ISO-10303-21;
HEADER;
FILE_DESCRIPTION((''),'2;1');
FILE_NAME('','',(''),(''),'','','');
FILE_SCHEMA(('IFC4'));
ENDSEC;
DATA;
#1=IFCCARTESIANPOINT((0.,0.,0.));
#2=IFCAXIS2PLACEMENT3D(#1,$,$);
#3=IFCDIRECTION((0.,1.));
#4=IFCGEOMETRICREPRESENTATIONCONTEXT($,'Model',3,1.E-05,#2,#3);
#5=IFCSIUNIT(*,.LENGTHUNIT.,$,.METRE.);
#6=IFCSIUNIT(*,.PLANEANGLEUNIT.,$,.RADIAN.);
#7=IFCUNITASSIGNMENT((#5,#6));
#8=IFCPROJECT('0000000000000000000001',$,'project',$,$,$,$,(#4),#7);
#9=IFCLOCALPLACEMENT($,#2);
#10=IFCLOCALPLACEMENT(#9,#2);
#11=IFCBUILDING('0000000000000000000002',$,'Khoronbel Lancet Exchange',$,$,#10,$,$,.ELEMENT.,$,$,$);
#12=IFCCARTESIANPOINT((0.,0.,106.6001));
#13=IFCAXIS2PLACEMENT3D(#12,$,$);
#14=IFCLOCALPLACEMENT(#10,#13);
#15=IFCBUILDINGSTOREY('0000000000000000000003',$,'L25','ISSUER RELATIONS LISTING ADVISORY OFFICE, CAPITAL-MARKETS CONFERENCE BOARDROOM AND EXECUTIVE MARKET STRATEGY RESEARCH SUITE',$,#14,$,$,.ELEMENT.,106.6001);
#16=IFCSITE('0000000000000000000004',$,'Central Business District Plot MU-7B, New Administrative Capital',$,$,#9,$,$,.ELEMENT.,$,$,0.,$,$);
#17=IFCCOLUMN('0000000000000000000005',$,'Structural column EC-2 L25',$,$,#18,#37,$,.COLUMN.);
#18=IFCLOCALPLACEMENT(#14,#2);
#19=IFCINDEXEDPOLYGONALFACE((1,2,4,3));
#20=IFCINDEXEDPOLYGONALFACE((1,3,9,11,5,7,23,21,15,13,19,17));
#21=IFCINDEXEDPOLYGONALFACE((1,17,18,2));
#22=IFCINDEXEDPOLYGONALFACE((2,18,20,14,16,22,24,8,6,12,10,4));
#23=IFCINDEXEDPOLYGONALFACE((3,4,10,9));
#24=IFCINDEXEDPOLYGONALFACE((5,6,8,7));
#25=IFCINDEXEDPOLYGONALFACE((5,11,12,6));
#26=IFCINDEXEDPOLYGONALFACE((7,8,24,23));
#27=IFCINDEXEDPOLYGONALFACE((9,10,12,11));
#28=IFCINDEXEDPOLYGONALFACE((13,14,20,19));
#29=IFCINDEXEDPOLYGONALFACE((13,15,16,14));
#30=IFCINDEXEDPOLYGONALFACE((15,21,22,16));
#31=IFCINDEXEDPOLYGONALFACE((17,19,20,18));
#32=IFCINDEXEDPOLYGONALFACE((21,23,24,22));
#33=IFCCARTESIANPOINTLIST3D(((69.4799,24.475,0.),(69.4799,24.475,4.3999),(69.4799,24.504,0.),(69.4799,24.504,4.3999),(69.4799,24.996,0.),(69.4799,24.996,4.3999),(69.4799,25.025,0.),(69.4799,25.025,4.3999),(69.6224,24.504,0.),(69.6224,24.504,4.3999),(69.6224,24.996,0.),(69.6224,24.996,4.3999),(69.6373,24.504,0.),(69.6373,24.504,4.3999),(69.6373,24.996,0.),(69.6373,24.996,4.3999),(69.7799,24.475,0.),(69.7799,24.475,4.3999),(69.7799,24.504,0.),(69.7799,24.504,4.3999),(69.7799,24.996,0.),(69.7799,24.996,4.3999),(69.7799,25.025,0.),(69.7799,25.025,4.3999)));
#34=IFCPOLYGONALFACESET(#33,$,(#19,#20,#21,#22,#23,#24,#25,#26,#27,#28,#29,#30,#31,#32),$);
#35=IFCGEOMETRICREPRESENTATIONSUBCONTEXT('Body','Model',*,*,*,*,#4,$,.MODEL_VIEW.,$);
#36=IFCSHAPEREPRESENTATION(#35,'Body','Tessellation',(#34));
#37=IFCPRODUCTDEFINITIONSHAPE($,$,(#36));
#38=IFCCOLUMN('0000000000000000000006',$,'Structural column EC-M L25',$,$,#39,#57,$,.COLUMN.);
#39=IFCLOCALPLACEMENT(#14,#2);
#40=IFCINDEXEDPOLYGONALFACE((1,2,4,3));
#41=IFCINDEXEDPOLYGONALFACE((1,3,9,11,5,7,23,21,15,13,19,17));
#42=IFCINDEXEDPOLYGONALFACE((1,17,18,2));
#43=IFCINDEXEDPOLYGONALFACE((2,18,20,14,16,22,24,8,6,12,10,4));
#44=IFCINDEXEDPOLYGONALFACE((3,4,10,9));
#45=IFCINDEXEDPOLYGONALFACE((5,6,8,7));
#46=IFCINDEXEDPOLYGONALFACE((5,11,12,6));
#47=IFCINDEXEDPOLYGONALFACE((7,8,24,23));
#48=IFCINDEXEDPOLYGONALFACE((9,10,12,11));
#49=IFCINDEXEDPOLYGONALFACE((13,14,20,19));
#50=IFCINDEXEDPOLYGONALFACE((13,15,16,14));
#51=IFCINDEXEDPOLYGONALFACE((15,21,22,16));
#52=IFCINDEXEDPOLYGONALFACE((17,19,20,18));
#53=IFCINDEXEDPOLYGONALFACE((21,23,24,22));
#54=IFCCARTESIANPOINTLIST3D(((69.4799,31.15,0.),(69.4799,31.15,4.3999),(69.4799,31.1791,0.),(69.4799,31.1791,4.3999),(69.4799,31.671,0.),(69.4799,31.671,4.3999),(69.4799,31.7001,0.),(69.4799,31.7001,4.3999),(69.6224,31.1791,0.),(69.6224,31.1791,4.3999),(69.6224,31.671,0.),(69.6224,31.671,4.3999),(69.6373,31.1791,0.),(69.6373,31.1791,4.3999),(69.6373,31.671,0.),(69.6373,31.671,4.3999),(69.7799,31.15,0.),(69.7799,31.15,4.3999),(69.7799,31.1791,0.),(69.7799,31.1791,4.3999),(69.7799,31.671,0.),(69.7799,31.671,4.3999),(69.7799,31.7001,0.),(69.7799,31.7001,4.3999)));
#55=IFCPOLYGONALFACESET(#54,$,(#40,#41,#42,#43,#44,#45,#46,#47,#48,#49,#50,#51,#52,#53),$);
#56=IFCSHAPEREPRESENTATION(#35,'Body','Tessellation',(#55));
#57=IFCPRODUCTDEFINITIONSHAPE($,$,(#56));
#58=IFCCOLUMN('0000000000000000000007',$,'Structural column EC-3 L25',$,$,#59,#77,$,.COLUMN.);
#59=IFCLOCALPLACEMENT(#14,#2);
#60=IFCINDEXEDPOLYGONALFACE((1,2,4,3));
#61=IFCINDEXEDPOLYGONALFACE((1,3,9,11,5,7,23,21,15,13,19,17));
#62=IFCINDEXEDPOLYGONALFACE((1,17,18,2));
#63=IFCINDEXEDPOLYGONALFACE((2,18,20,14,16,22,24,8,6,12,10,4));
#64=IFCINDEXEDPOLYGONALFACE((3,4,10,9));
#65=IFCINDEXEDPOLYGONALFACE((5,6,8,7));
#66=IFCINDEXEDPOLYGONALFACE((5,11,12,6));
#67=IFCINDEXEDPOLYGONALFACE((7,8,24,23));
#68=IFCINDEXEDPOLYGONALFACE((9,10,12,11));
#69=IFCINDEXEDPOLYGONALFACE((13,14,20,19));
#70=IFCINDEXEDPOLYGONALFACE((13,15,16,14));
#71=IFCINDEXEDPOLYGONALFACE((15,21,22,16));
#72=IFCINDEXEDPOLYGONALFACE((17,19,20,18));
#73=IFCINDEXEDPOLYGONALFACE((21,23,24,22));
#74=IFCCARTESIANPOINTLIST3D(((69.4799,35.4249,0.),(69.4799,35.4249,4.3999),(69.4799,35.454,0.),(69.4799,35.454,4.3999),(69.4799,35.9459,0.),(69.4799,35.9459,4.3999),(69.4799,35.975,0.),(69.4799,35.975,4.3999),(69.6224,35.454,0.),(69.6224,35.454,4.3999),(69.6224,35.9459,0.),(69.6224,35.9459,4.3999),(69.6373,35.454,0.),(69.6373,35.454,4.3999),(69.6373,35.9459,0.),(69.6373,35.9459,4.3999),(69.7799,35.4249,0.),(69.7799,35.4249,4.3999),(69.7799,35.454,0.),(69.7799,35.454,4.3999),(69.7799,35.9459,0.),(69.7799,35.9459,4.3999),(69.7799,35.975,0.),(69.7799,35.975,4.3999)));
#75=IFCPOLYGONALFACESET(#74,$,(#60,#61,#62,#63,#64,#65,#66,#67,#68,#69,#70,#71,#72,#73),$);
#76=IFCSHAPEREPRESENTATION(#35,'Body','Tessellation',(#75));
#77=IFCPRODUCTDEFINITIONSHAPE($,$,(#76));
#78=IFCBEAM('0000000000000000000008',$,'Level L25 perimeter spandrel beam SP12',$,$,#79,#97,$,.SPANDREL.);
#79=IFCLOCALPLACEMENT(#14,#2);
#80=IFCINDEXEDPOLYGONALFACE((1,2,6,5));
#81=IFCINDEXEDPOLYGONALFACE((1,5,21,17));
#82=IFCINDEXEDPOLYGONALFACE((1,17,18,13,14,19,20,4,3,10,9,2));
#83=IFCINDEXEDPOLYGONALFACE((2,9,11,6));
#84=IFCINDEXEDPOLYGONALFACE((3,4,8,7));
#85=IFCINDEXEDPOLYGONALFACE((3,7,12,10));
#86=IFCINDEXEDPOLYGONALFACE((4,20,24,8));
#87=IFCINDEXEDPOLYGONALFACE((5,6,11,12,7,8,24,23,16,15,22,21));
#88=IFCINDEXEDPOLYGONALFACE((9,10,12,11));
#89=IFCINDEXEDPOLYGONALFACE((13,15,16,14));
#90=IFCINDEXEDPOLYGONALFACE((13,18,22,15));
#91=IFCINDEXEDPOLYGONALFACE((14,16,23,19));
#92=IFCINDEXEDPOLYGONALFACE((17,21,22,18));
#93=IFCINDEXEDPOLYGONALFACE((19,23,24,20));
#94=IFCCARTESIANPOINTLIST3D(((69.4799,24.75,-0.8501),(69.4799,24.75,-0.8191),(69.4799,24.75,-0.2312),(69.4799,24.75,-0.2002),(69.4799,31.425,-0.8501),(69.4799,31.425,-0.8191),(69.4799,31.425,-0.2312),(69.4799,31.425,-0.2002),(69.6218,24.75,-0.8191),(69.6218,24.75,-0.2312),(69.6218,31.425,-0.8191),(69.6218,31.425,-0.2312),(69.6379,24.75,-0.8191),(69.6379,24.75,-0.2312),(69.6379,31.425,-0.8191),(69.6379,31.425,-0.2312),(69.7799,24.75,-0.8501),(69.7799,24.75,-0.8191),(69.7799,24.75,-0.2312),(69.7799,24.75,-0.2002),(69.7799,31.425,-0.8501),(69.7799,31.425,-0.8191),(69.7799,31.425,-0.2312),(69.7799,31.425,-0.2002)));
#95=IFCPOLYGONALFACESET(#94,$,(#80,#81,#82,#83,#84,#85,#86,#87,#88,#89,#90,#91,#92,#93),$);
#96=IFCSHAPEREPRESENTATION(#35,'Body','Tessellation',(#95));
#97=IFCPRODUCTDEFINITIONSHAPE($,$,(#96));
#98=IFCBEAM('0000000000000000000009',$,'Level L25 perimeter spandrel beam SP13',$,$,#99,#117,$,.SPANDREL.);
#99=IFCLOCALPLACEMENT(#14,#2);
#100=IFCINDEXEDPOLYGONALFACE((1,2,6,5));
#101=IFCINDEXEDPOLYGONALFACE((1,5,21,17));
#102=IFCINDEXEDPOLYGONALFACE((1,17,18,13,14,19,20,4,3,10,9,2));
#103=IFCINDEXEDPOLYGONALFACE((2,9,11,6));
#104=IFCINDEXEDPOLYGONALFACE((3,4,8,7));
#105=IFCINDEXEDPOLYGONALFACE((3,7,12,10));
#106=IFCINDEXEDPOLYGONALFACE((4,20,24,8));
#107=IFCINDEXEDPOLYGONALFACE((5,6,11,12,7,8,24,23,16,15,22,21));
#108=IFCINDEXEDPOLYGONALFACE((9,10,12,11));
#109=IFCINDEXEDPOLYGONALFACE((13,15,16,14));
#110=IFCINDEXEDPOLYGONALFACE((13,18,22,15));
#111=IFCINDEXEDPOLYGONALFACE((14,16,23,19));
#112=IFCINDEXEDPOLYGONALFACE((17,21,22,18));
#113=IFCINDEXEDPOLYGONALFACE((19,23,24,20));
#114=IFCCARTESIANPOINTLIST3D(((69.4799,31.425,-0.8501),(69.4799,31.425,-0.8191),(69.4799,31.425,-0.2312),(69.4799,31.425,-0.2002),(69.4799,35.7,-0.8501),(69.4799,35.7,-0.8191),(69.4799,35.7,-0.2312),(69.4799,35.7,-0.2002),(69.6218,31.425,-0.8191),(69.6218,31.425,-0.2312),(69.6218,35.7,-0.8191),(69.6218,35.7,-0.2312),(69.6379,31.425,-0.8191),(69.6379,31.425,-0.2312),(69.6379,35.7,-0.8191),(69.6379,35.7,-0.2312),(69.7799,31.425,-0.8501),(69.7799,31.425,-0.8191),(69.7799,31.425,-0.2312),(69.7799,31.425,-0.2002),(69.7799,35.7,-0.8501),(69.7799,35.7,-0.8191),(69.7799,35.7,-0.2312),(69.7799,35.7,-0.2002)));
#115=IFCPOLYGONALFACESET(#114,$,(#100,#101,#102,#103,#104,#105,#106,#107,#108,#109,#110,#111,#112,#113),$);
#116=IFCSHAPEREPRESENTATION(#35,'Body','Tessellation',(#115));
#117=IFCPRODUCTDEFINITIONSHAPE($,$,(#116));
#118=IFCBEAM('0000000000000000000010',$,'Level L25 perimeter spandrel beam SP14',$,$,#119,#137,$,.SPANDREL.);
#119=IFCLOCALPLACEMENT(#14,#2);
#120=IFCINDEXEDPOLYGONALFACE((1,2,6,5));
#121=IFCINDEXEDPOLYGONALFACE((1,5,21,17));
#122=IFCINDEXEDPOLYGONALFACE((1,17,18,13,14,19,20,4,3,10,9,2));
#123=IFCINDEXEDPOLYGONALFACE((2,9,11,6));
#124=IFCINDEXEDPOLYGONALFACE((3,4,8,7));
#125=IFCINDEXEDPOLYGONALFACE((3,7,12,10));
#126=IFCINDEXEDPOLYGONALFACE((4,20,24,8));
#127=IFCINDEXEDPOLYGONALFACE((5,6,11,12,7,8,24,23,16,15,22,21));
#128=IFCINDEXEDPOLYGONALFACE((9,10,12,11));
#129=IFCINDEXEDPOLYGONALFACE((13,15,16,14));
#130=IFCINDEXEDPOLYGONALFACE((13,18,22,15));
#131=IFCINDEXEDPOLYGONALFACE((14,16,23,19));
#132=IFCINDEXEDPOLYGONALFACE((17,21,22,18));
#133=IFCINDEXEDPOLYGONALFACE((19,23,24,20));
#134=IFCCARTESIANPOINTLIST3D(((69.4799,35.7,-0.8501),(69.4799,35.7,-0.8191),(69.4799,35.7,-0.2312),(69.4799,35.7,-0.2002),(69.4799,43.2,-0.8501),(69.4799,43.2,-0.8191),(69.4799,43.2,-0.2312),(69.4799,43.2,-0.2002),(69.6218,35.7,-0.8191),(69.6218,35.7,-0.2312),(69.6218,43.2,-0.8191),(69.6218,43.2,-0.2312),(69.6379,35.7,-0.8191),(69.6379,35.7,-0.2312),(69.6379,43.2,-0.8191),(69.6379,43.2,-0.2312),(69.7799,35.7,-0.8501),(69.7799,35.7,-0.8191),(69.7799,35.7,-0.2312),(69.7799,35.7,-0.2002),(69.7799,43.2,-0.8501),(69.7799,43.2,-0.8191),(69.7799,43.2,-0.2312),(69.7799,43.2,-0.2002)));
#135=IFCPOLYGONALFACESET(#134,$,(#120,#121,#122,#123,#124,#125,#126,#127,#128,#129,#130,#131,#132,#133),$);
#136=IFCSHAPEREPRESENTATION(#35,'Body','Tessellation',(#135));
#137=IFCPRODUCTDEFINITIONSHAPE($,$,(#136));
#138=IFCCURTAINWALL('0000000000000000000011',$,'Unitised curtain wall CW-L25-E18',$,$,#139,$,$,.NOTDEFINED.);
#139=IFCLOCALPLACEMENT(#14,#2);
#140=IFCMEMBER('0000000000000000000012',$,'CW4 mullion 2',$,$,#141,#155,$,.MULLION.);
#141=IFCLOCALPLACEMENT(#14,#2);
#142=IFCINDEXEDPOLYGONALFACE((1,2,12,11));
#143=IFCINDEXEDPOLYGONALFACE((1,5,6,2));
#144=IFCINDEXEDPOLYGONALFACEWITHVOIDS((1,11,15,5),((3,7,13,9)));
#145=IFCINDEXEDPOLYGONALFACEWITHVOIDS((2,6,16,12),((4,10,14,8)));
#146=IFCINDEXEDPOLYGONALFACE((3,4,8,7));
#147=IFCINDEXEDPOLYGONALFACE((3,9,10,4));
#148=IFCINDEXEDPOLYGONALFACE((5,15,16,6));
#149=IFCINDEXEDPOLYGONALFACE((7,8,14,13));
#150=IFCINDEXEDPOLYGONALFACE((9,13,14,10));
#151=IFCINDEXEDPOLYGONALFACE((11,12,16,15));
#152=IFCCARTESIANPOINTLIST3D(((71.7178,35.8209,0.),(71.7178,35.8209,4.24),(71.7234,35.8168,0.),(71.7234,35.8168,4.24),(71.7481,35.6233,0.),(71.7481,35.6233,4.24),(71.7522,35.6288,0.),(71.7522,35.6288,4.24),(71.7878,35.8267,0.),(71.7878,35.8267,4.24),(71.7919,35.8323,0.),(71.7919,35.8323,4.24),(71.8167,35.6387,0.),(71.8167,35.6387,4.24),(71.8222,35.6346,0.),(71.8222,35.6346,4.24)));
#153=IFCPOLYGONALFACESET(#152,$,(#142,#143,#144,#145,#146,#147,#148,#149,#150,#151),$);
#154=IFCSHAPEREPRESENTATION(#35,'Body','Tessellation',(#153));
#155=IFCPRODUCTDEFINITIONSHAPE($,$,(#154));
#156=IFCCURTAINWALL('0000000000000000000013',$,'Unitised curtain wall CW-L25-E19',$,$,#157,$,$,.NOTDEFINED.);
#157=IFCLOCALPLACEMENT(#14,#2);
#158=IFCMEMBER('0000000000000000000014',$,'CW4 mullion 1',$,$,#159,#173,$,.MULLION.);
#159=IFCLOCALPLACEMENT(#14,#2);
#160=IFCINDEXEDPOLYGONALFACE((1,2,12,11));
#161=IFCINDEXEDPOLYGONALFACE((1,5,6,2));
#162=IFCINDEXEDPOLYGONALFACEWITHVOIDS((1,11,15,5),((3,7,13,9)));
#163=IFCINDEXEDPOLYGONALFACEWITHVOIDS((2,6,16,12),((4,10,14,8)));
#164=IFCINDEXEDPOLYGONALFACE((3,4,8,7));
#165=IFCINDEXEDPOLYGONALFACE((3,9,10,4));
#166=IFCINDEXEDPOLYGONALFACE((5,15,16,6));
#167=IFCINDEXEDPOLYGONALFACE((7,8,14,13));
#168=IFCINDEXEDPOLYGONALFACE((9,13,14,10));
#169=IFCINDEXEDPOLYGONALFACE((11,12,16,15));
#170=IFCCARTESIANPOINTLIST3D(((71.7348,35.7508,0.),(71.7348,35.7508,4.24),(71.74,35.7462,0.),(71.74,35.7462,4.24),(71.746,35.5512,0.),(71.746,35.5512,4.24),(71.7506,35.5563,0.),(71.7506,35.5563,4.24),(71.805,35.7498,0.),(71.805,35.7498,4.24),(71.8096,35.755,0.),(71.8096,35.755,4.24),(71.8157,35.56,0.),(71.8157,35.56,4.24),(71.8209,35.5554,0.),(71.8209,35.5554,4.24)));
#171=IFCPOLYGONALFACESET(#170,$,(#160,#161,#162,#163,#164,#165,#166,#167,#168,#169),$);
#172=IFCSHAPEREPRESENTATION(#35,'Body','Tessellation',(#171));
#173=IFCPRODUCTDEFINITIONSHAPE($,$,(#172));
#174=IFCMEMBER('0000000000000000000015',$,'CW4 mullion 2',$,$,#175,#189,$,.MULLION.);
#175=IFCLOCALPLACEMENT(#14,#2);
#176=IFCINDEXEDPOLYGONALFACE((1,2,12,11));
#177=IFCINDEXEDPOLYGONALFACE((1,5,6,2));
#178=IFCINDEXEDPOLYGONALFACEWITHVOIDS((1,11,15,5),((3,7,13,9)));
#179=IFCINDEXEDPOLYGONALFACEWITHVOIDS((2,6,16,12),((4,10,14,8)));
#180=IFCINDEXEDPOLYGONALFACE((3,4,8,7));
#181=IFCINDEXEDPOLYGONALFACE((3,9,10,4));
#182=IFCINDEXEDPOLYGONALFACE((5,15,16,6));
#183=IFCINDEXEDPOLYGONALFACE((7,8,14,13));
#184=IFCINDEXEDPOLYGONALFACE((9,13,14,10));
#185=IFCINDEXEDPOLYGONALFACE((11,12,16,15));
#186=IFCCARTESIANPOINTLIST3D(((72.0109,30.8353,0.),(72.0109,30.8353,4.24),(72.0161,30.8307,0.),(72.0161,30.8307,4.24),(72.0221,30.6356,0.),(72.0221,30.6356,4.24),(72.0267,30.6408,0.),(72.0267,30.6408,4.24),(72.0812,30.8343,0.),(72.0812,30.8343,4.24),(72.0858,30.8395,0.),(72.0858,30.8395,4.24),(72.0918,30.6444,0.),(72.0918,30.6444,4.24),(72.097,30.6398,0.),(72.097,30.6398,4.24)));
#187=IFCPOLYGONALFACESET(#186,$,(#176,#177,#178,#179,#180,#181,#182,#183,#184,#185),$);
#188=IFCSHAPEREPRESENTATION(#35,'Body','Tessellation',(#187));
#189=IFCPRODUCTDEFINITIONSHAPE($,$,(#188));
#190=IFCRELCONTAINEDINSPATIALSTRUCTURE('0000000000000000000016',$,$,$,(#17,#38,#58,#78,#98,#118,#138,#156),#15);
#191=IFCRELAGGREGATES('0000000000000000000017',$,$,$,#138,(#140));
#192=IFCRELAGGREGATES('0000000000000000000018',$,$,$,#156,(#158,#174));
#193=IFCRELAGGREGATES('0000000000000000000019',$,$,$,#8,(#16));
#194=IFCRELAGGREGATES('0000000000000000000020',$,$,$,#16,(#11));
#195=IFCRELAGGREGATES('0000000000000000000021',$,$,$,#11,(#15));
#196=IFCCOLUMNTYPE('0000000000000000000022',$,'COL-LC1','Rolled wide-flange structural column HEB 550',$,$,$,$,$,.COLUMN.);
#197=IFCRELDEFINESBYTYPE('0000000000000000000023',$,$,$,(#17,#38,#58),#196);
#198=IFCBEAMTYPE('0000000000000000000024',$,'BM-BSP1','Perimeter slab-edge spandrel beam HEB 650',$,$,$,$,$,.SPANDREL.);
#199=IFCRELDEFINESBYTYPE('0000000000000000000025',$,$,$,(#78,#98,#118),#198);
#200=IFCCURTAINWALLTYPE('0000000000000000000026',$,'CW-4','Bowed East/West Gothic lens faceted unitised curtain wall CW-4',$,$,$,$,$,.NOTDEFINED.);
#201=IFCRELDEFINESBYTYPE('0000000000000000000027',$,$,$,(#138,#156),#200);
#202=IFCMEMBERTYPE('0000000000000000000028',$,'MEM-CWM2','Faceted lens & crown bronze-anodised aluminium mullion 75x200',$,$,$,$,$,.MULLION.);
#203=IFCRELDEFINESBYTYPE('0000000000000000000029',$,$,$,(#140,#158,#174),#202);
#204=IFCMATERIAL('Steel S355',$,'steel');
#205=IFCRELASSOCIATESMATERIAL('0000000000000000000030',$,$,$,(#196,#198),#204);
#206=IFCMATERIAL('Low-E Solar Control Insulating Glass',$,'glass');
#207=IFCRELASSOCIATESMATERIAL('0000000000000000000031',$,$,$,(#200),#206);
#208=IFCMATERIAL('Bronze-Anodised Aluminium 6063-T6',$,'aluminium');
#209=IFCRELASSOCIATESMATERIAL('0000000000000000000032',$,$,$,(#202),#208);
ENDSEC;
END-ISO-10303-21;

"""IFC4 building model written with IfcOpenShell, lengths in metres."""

from ifc_helpers import new_model, si_unit, direction, frame, origin, origin_2d, place, context, subcontext, project, spatial, hollow_rectangle, i_section, extrude, material, material_profile, profile_set, type_object, element, aggregate, save


model = new_model("IFC4")

# Units and contexts
model_context = context("Model", 3, precision=1e-05, world=origin(), true_north=direction((0.0, 1.0)))
body_context = subcontext(model_context, "Body", "Model", "MODEL_VIEW")
ifc_project = project(units=[si_unit("LENGTHUNIT", "METRE"), si_unit("PLANEANGLEUNIT", "RADIAN")], contexts=[model_context])

# Site, building, storey
site_placement = place(None, origin())
site = spatial("IfcSite", under=ifc_project, at=site_placement, Name="Central Business District Plot MU-7B, New Administrative Capital", CompositionType="ELEMENT", RefElevation=0.0)
building_placement = place(site_placement, origin())
building = spatial("IfcBuilding", under=site, at=building_placement, Name="Khoronbel Lancet Exchange", CompositionType="ELEMENT")
storey_placement = place(building_placement, frame((0.0, 0.0, 106.6001)))
storey = spatial("IfcBuildingStorey", under=building, at=storey_placement, Name="L25", Description="ISSUER RELATIONS LISTING ADVISORY OFFICE, CAPITAL-MARKETS CONFERENCE BOARDROOM AND EXECUTIVE MARKET STRATEGY RESEARCH SUITE", CompositionType="ELEMENT", Elevation=106.6001)

# Columns
ifc_material_1 = material(Name="Steel S355", Category="steel")
ifc_material_profile_1 = material_profile(ifc_material_1, i_section(OverallWidth=0.3, OverallDepth=0.55, WebThickness=0.0149, FlangeThickness=0.0291, at=origin_2d()), Name="HEB 550")
ifc_profile_set_1 = profile_set([ifc_material_profile_1], Name="Steel S355")
column_type = type_object("IfcColumnType", Name="COL-LC1", Description="Rolled wide-flange structural column HEB 550", PredefinedType="COLUMN", material=ifc_profile_set_1)
for number, where, z_axis, x_axis, name in (
    (1, (69.6299, 24.75, 0.0), (0.0, 0.0, 1.0), (1.0, 0.0, 0.0), "Structural column EC-2 L25"),
    (2, (69.6299, 31.425, 0.0), (0.0, 0.0, 1.0), (1.0, 0.0, 0.0), "Structural column EC-M L25"),
    (3, (69.6299, 35.7, 0.0), (0.0, 0.0, 1.0), (1.0, 0.0, 0.0), "Structural column EC-3 L25"),
):
    element("IfcColumn", number, at=place(storey_placement, frame(where, z_axis=z_axis, x_axis=x_axis)), inside=storey, type_object=column_type, Name=name, PredefinedType="COLUMN", context=body_context, shape_type="SweptSolid", body=[
        extrude(i_section(OverallWidth=0.3, OverallDepth=0.55, WebThickness=0.0149, FlangeThickness=0.0291, at=origin_2d()), origin(), (0.0, 0.0, 1.0), 4.3999),
    ])

# Beams
ifc_material_profile_2 = material_profile(ifc_material_1, i_section(OverallWidth=0.3, OverallDepth=0.6499, WebThickness=0.0161, FlangeThickness=0.031, at=origin_2d()), Name="HEB 650")
ifc_profile_set_2 = profile_set([ifc_material_profile_2], Name="Steel S355")
beam_type = type_object("IfcBeamType", Name="BM-BSP1", Description="Perimeter slab-edge spandrel beam HEB 650", PredefinedType="SPANDREL", material=ifc_profile_set_2)
beam_1_placement = place(storey_placement, frame((69.6299, 24.75, -0.5251), z_axis=(0.0, 1.0, 0.0), x_axis=(-1.0, 0.0, 0.0)))
element("IfcBeam", 4, at=beam_1_placement, inside=storey, type_object=beam_type, Name="Level L25 perimeter spandrel beam SP12", PredefinedType="SPANDREL", context=body_context, shape_type="SweptSolid", body=[
    extrude(i_section(OverallWidth=0.3, OverallDepth=0.6499, WebThickness=0.0161, FlangeThickness=0.031, at=origin_2d()), origin(), (0.0, 0.0, 1.0), 6.675),
])
beam_2_placement = place(storey_placement, frame((69.6299, 31.425, -0.5251), z_axis=(0.0, 1.0, 0.0), x_axis=(-1.0, 0.0, 0.0)))
element("IfcBeam", 5, at=beam_2_placement, inside=storey, type_object=beam_type, Name="Level L25 perimeter spandrel beam SP13", PredefinedType="SPANDREL", context=body_context, shape_type="SweptSolid", body=[
    extrude(i_section(OverallWidth=0.3, OverallDepth=0.6499, WebThickness=0.0161, FlangeThickness=0.031, at=origin_2d()), origin(), (0.0, 0.0, 1.0), 4.2749),
])
beam_3_placement = place(storey_placement, frame((69.6299, 35.7, -0.5251), z_axis=(0.0, 1.0, 0.0), x_axis=(-1.0, 0.0, 0.0)))
element("IfcBeam", 6, at=beam_3_placement, inside=storey, type_object=beam_type, Name="Level L25 perimeter spandrel beam SP14", PredefinedType="SPANDREL", context=body_context, shape_type="SweptSolid", body=[
    extrude(i_section(OverallWidth=0.3, OverallDepth=0.6499, WebThickness=0.0161, FlangeThickness=0.031, at=origin_2d()), origin(), (0.0, 0.0, 1.0), 7.5),
])

# Curtain wall, member
ifc_material_2 = material(Name="Low-E Solar Control Insulating Glass", Category="glass")
curtain_wall_type = type_object("IfcCurtainWallType", Name="CW-4", Description="Bowed East/West Gothic lens faceted unitised curtain wall CW-4", PredefinedType="NOTDEFINED", material=ifc_material_2)
curtain_wall_1_placement = place(storey_placement, origin())
curtain_wall_1 = element("IfcCurtainWall", 7, at=curtain_wall_1_placement, inside=storey, type_object=curtain_wall_type, Name="Unitised curtain wall CW-L25-E18", PredefinedType="NOTDEFINED")
ifc_material_3 = material(Name="Bronze-Anodised Aluminium 6063-T6", Category="aluminium")
ifc_material_profile_3 = material_profile(ifc_material_3, hollow_rectangle(XDim=0.075, YDim=0.2, WallThickness=0.0049, at=origin_2d()), Name="ALU MULLION 75x200")
ifc_profile_set_3 = profile_set([ifc_material_profile_3], Name="Bronze-Anodised Aluminium 6063-T6")
member_type_1 = type_object("IfcMemberType", Name="MEM-CWM2", Description="Faceted lens & crown bronze-anodised aluminium mullion 75x200", PredefinedType="MULLION", material=ifc_profile_set_3)
member_1_placement = place(storey_placement, frame((71.77, 35.7278, 0.0), z_axis=(0.0, 0.0, 1.0), x_axis=(0.988428, 0.15169, 0.0)))
member_1 = element("IfcMember", 8, at=member_1_placement, type_object=member_type_1, Name="CW4 mullion 2", PredefinedType="MULLION", context=body_context, shape_type="SweptSolid", body=[
    extrude(hollow_rectangle(XDim=0.075, YDim=0.2, WallThickness=0.0049, at=origin_2d()), origin(), (0.0, 0.0, 1.0), 4.24),
])
aggregate(curtain_wall_1, [member_1])

# Curtain wall, members
curtain_wall_2_placement = place(storey_placement, origin())
curtain_wall_2 = element("IfcCurtainWall", 9, at=curtain_wall_2_placement, inside=storey, type_object=curtain_wall_type, Name="Unitised curtain wall CW-L25-E19", PredefinedType="NOTDEFINED")
member_2_placement = place(storey_placement, frame((71.7778, 35.6531, 0.0), z_axis=(0.0, 0.0, 1.0), x_axis=(0.998426, 0.056077, 0.0)))
member_2 = element("IfcMember", 10, at=member_2_placement, type_object=member_type_1, Name="CW4 mullion 1", PredefinedType="MULLION", context=body_context, shape_type="SweptSolid", body=[
    extrude(hollow_rectangle(XDim=0.075, YDim=0.2, WallThickness=0.0049, at=origin_2d()), origin(), (0.0, 0.0, 1.0), 4.24),
])
member_3_placement = place(storey_placement, frame((72.054, 30.7375, 0.0), z_axis=(0.0, 0.0, 1.0), x_axis=(0.998426, 0.056077, 0.0)))
member_3 = element("IfcMember", 11, at=member_3_placement, type_object=member_type_1, Name="CW4 mullion 2", PredefinedType="MULLION", context=body_context, shape_type="SweptSolid", body=[
    extrude(hollow_rectangle(XDim=0.075, YDim=0.2, WallThickness=0.0049, at=origin_2d()), origin(), (0.0, 0.0, 1.0), 4.24),
])

aggregate(curtain_wall_2, [member_2, member_3])

save(model, "model.ifc")
